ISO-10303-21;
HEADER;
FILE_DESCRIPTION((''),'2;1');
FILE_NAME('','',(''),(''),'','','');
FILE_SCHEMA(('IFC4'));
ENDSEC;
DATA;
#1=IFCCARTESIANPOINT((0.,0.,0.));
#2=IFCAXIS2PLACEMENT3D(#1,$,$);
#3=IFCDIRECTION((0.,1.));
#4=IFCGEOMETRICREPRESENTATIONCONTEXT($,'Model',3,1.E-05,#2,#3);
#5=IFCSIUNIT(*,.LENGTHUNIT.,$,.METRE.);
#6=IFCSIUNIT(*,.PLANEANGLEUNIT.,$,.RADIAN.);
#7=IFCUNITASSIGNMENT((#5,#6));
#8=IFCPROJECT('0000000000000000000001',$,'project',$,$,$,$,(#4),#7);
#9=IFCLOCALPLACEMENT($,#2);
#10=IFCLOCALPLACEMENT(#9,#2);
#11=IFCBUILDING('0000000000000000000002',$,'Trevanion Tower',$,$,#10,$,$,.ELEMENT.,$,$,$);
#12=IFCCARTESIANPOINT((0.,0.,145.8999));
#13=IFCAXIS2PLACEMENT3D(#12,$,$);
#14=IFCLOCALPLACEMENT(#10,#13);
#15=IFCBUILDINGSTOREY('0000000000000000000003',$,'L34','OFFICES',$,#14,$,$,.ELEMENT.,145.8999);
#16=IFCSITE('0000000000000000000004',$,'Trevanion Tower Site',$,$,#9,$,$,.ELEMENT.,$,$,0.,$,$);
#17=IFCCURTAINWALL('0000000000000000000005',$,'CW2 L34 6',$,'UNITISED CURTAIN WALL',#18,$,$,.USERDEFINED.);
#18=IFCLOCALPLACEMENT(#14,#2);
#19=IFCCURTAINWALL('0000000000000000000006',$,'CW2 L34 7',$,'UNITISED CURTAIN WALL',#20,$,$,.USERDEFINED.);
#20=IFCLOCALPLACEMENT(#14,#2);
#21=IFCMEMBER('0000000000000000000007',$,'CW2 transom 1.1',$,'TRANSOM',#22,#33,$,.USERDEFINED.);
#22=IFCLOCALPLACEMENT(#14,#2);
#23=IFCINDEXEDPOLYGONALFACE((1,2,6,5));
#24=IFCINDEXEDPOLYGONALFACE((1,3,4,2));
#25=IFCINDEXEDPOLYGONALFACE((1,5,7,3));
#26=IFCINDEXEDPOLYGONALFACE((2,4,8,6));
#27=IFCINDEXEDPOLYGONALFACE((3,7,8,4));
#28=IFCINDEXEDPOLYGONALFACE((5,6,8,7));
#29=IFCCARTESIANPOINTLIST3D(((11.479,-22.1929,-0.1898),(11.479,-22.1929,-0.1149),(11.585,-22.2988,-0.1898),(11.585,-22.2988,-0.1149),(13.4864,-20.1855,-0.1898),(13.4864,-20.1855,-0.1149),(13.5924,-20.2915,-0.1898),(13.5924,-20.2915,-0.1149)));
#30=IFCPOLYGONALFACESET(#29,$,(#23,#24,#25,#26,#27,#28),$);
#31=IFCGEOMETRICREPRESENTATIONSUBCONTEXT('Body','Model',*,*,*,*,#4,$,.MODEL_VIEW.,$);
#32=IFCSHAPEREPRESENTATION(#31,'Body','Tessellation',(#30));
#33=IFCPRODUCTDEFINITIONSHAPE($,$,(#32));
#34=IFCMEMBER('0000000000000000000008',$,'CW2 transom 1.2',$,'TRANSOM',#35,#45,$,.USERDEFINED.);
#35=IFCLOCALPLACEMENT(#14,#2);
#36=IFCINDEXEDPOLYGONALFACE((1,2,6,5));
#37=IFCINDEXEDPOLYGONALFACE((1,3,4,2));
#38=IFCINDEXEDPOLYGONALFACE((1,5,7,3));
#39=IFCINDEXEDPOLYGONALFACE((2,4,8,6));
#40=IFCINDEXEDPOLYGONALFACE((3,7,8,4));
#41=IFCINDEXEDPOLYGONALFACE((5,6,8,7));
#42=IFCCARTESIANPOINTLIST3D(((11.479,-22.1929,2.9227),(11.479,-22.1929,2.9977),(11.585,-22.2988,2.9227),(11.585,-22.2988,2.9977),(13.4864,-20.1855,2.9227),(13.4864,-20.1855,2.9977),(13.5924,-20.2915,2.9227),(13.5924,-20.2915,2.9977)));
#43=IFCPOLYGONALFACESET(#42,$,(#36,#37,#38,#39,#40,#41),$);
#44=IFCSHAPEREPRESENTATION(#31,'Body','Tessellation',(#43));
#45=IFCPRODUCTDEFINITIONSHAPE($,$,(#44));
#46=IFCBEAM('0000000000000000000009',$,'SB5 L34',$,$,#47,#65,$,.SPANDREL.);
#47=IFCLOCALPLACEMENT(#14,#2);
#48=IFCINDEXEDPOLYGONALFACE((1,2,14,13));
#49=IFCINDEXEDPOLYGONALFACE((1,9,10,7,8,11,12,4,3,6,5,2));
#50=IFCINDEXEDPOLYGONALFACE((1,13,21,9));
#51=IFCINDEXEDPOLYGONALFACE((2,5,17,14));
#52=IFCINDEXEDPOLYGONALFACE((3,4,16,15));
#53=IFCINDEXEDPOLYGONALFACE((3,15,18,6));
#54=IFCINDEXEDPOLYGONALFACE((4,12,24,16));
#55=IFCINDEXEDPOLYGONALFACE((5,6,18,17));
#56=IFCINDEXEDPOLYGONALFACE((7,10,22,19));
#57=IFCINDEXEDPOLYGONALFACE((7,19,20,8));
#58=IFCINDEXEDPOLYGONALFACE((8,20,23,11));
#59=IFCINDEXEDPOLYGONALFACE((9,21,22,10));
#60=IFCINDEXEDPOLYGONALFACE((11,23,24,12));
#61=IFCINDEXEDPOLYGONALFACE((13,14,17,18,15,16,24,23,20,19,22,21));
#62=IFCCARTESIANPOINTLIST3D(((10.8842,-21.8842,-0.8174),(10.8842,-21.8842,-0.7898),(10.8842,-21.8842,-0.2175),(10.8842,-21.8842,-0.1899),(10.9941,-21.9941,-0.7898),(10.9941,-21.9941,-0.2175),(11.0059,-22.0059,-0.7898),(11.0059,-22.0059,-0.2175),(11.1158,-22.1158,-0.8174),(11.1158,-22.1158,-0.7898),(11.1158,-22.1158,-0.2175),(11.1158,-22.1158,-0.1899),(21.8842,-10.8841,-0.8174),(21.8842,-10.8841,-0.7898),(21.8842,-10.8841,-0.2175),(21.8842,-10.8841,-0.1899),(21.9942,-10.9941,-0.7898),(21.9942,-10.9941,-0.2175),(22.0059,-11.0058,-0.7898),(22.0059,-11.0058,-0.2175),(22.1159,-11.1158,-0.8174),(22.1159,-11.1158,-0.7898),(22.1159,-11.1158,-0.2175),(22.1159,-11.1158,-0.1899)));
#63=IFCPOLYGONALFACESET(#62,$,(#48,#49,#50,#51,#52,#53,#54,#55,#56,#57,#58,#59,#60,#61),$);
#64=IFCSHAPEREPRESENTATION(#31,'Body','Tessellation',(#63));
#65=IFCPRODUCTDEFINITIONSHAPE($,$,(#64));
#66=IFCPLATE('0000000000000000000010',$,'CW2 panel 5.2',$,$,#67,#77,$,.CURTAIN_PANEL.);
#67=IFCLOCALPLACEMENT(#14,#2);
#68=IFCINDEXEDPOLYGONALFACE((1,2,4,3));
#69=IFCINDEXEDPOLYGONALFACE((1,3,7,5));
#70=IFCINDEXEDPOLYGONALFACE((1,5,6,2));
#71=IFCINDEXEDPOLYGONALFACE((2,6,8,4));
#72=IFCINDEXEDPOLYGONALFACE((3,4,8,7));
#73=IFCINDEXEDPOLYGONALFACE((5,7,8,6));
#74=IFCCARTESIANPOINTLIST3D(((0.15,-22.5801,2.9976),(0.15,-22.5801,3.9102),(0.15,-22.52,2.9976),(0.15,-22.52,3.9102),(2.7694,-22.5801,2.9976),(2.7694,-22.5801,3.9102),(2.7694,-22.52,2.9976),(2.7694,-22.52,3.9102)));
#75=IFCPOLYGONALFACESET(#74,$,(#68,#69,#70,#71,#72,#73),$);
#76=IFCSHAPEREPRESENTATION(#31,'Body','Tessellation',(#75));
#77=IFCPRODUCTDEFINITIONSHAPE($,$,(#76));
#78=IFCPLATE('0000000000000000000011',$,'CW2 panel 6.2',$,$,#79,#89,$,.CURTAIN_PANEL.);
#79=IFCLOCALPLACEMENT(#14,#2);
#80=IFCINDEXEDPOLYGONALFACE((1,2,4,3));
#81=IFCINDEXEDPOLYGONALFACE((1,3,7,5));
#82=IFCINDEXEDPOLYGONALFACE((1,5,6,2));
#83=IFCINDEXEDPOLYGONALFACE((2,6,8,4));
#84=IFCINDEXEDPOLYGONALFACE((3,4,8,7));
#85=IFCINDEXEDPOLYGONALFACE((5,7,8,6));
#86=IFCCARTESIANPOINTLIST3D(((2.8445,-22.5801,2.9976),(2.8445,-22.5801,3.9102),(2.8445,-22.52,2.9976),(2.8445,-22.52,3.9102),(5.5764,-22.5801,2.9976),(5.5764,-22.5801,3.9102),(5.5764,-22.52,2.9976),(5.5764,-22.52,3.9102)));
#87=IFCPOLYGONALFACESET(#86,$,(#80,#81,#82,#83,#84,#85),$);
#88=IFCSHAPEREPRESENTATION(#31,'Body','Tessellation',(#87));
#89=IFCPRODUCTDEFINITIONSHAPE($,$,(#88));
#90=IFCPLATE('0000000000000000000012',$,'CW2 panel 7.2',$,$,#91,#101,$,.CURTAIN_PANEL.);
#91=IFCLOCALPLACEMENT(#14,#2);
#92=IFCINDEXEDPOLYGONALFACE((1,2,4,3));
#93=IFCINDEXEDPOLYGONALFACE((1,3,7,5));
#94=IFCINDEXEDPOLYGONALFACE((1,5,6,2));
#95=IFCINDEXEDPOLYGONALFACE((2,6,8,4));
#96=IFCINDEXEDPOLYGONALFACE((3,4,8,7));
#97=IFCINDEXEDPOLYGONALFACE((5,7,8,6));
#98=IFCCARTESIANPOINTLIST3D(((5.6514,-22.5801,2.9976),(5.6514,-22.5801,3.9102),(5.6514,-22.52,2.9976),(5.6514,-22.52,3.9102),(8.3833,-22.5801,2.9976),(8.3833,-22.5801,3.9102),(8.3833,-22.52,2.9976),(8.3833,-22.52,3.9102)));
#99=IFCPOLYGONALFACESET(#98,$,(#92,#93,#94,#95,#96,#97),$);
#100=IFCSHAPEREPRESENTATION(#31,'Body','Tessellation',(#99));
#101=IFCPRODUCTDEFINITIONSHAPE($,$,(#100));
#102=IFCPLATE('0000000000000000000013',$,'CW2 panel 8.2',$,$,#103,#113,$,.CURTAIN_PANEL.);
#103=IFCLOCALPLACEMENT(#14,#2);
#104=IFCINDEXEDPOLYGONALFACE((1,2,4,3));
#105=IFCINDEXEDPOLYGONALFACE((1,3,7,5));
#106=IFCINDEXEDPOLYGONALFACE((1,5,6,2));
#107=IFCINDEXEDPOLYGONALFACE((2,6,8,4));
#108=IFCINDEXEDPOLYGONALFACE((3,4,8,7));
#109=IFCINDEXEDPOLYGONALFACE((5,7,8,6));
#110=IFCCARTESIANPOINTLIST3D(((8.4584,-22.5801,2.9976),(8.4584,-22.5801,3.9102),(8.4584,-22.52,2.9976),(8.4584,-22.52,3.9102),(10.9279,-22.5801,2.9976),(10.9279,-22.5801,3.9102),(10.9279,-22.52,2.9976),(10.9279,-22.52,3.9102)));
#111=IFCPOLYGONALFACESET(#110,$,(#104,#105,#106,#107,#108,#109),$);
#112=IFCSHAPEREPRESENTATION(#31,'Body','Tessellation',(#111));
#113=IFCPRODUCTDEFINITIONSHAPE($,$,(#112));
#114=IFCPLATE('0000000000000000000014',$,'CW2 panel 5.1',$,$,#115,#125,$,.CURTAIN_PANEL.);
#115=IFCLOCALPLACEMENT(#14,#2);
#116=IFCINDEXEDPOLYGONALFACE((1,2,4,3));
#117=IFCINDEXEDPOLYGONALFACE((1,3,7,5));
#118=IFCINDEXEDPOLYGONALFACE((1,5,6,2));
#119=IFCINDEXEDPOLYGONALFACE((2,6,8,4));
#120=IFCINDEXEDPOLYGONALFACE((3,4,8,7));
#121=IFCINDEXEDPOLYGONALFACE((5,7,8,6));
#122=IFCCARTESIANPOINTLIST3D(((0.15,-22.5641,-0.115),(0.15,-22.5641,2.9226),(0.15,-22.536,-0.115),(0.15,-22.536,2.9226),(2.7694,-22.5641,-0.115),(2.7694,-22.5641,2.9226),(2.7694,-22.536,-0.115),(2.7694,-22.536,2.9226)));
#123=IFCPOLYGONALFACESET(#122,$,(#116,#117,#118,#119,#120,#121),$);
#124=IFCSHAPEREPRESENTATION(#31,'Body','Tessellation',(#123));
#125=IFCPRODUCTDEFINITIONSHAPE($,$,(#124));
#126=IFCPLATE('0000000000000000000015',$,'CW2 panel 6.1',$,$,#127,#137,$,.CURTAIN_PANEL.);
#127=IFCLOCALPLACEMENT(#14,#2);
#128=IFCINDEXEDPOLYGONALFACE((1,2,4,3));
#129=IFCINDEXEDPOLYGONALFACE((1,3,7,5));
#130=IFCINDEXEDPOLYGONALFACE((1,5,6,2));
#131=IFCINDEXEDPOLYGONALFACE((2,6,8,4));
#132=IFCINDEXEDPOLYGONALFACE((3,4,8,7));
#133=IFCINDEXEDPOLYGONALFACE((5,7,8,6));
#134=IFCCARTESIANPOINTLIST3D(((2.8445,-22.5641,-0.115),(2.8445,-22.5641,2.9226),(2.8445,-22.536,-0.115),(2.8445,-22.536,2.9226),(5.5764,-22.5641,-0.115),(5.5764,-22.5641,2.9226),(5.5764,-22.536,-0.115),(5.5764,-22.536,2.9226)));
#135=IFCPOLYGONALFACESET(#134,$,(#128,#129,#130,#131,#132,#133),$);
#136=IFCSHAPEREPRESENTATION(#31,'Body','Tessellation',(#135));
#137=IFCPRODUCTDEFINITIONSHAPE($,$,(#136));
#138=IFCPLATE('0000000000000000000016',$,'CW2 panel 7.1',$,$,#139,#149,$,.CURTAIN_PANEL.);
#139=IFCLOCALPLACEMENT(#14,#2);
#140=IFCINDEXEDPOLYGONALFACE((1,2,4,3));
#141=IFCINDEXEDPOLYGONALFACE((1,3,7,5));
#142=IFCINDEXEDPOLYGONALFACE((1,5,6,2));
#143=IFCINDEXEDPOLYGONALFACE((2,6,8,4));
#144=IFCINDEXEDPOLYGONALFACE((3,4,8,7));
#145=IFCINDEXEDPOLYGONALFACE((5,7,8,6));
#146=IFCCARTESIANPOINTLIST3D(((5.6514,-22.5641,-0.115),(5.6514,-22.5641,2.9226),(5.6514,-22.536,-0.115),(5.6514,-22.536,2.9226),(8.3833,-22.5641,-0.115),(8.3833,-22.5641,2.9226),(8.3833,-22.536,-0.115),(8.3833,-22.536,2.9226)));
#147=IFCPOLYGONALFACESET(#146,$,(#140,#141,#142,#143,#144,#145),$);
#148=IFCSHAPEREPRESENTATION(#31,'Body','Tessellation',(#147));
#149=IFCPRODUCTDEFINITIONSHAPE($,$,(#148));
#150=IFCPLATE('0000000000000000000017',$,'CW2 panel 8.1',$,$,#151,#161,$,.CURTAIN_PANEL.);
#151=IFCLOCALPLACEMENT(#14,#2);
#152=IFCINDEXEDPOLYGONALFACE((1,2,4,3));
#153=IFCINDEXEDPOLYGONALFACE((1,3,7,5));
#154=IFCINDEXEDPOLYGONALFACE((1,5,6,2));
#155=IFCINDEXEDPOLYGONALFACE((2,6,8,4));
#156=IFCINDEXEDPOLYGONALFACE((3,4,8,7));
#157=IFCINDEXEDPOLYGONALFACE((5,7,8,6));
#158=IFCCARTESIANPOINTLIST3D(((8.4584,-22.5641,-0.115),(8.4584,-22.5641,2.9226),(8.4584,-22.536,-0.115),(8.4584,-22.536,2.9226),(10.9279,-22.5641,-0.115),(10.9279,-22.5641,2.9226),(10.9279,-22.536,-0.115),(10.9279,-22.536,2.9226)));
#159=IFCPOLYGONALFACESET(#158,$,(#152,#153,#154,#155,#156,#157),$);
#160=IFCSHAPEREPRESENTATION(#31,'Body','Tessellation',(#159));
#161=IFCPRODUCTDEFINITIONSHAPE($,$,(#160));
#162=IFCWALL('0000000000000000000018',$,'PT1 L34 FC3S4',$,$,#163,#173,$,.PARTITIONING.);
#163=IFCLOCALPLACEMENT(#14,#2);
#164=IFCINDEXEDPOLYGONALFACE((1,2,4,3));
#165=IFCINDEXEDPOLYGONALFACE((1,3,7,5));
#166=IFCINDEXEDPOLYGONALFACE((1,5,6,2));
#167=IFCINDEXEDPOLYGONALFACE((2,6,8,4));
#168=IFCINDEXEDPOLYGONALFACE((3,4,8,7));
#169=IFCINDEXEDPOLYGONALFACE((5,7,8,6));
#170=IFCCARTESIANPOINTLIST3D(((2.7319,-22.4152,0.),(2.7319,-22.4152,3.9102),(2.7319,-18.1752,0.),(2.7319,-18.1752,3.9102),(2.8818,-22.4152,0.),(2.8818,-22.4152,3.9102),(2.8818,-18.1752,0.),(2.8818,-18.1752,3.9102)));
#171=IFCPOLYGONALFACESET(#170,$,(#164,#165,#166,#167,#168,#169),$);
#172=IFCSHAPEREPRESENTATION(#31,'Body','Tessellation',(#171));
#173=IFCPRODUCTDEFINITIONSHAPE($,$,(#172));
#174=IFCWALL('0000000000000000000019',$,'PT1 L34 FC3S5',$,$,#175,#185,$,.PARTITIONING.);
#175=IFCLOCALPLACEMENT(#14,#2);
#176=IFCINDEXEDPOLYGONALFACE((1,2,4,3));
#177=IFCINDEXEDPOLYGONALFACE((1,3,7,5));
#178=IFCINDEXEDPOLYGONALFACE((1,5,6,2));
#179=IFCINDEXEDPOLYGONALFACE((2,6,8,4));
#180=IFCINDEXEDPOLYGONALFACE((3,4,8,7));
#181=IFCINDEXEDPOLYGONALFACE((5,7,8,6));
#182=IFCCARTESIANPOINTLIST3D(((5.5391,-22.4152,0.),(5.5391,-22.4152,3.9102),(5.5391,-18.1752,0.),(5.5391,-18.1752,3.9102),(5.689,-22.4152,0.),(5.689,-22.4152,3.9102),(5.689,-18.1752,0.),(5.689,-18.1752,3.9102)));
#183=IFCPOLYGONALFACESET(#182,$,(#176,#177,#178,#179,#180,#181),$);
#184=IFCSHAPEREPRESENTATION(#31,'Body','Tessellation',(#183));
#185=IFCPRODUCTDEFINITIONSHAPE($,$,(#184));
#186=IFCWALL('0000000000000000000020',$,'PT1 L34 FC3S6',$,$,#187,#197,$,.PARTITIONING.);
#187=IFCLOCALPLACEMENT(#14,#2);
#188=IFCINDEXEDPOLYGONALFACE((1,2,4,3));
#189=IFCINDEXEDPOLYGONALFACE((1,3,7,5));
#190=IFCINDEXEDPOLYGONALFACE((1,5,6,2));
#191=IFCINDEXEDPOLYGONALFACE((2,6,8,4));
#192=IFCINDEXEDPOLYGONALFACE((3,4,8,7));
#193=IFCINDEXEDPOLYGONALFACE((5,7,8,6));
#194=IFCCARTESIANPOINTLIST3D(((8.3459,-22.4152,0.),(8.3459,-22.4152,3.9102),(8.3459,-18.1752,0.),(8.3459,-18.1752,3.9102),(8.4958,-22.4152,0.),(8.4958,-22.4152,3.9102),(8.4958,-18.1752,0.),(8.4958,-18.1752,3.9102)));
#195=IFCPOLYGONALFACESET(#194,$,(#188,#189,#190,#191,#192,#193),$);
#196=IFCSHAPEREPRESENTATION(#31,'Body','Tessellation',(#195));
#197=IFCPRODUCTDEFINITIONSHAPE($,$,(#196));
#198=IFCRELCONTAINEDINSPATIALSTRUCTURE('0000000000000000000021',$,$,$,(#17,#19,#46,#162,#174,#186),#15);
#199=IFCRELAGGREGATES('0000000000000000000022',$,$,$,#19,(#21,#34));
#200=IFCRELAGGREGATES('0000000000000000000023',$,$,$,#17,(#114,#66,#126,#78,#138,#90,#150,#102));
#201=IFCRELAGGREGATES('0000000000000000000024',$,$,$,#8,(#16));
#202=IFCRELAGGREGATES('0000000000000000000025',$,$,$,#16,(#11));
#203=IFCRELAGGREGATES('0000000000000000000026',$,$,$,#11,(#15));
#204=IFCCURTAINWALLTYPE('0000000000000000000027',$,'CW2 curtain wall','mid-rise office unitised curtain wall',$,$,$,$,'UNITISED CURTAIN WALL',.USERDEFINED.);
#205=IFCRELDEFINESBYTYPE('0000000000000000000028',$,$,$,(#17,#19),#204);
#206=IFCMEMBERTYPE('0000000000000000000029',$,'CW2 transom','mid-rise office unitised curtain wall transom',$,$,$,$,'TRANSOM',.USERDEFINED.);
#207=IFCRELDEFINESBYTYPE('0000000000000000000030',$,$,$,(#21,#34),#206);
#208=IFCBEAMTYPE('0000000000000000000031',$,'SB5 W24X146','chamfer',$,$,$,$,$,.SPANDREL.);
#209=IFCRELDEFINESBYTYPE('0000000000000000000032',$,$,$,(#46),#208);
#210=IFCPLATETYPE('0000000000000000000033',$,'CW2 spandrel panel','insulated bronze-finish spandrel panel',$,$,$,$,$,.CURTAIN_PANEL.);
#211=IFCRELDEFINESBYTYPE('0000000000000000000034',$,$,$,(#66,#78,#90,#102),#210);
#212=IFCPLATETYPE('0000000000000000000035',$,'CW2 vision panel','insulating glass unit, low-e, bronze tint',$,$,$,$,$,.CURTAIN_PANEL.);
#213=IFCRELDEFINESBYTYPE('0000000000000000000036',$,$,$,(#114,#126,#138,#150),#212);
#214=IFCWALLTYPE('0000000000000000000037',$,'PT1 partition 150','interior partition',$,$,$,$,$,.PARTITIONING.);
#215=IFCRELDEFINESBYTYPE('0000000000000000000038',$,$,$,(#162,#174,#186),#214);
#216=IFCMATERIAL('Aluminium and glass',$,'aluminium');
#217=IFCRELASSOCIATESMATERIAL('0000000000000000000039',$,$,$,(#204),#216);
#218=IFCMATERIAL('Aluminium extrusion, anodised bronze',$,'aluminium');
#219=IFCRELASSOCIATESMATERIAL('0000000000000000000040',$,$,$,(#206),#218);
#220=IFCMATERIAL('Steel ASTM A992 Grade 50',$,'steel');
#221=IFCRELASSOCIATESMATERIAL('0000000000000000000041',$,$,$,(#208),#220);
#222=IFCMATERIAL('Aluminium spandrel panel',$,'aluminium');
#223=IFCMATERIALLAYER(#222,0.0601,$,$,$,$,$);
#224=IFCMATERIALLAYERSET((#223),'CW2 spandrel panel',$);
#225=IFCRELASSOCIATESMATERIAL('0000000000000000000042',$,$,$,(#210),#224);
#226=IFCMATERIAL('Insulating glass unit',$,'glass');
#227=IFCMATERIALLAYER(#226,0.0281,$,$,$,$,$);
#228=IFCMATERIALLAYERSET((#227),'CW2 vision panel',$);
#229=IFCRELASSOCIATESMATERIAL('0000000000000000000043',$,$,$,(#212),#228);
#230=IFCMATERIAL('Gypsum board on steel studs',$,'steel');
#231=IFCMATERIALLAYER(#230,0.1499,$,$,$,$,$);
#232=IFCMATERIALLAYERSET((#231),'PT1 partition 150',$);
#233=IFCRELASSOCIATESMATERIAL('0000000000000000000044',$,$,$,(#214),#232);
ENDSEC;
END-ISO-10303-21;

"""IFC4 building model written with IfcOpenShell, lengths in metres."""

from ifc_helpers import new_model, si_unit, direction, frame, frame_2d, origin, origin_2d, place, context, subcontext, project, spatial, rectangle, i_section, extrude, material, layer, layer_set, material_profile, profile_set, type_object, element, aggregate, save


model = new_model("IFC4")

# Units and contexts
model_context = context("Model", 3, precision=1e-05, world=origin(), true_north=direction((0.0, 1.0)))
body_context = subcontext(model_context, "Body", "Model", "MODEL_VIEW")
ifc_project = project(units=[si_unit("LENGTHUNIT", "METRE"), si_unit("PLANEANGLEUNIT", "RADIAN")], contexts=[model_context])

# Site, building, storey
site_placement = place(None, origin())
site = spatial("IfcSite", under=ifc_project, at=site_placement, Name="Trevanion Tower Site", CompositionType="ELEMENT", RefElevation=0.0)
building_placement = place(site_placement, origin())
building = spatial("IfcBuilding", under=site, at=building_placement, Name="Trevanion Tower", CompositionType="ELEMENT")
storey_placement = place(building_placement, frame((0.0, 0.0, 145.8999)))
storey = spatial("IfcBuildingStorey", under=building, at=storey_placement, Name="L34", Description="OFFICES", CompositionType="ELEMENT", Elevation=145.8999)

# Curtain wall
ifc_material_1 = material(Name="Aluminium and glass", Category="aluminium")
curtain_wall_type = type_object("IfcCurtainWallType", Name="CW2 curtain wall", Description="mid-rise office unitised curtain wall", ElementType="UNITISED CURTAIN WALL", PredefinedType="USERDEFINED", material=ifc_material_1)
curtain_wall_1_placement = place(storey_placement, origin())
curtain_wall_1 = element("IfcCurtainWall", 1, at=curtain_wall_1_placement, inside=storey, type_object=curtain_wall_type, Name="CW2 L34 6", ObjectType="UNITISED CURTAIN WALL", PredefinedType="USERDEFINED")

# Curtain wall
curtain_wall_2_placement = place(storey_placement, origin())
curtain_wall_2 = element("IfcCurtainWall", 2, at=curtain_wall_2_placement, inside=storey, type_object=curtain_wall_type, Name="CW2 L34 7", ObjectType="UNITISED CURTAIN WALL", PredefinedType="USERDEFINED")

# Members
ifc_material_2 = material(Name="Aluminium extrusion, anodised bronze", Category="aluminium")
ifc_material_profile_1 = material_profile(ifc_material_2, rectangle(XDim=0.1499, YDim=0.075, at=origin_2d()), Name="CW2 transom")
ifc_profile_set_1 = profile_set([ifc_material_profile_1], Name="Aluminium extrusion, anodised bronze")
member_type_1 = type_object("IfcMemberType", Name="CW2 transom", Description="mid-rise office unitised curtain wall transom", ElementType="TRANSOM", PredefinedType="USERDEFINED", material=ifc_profile_set_1)
member_1_placement = place(storey_placement, frame((11.532, -22.2458, -0.1523), z_axis=(0.707107, 0.707107, 0.0), x_axis=(-0.707107, 0.707107, 0.0)))
member_1 = element("IfcMember", 3, at=member_1_placement, type_object=member_type_1, Name="CW2 transom 1.1", ObjectType="TRANSOM", PredefinedType="USERDEFINED", context=body_context, shape_type="SweptSolid", body=[
    extrude(rectangle(XDim=0.1499, YDim=0.075, at=origin_2d()), origin(), (0.0, 0.0, 1.0), 2.8389),
])
member_2_placement = place(storey_placement, frame((11.532, -22.2458, 2.9602), z_axis=(0.707107, 0.707107, 0.0), x_axis=(-0.707107, 0.707107, 0.0)))
member_2 = element("IfcMember", 4, at=member_2_placement, type_object=member_type_1, Name="CW2 transom 1.2", ObjectType="TRANSOM", PredefinedType="USERDEFINED", context=body_context, shape_type="SweptSolid", body=[
    extrude(rectangle(XDim=0.1499, YDim=0.075, at=origin_2d()), origin(), (0.0, 0.0, 1.0), 2.8389),
])
aggregate(curtain_wall_2, [member_1, member_2])

# Beam
ifc_material_3 = material(Name="Steel ASTM A992 Grade 50", Category="steel")
ifc_material_profile_2 = material_profile(ifc_material_3, i_section(OverallWidth=0.3276, OverallDepth=0.6274, WebThickness=0.0166, FlangeThickness=0.0276, at=origin_2d()), Name="W24X146")
ifc_profile_set_2 = profile_set([ifc_material_profile_2], Name="Steel ASTM A992 Grade 50")
beam_type = type_object("IfcBeamType", Name="SB5 W24X146", Description="chamfer", PredefinedType="SPANDREL", material=ifc_profile_set_2)
beam_placement = place(storey_placement, frame((11.0, -22.0, -0.5037), z_axis=(0.707107, 0.707107, 0.0), x_axis=(-0.707107, 0.707107, 0.0)))
element("IfcBeam", 5, at=beam_placement, inside=storey, type_object=beam_type, Name="SB5 L34", PredefinedType="SPANDREL", context=body_context, shape_type="SweptSolid", body=[
    extrude(i_section(OverallWidth=0.3276, OverallDepth=0.6274, WebThickness=0.0166, FlangeThickness=0.0276, at=origin_2d()), origin(), (0.0, 0.0, 1.0), 15.5564),
])

# Plates
ifc_material_4 = material(Name="Aluminium spandrel panel", Category="aluminium")
ifc_layer_1 = layer(ifc_material_4, 0.0601)
ifc_layer_set_1 = layer_set([ifc_layer_1], Name="CW2 spandrel panel")
plate_type_1 = type_object("IfcPlateType", Name="CW2 spandrel panel", Description="insulated bronze-finish spandrel panel", PredefinedType="CURTAIN_PANEL", material=ifc_layer_set_1)
plate_1_placement = place(storey_placement, frame((1.4597, -22.55, 2.9976), z_axis=(0.0, 0.0, 1.0), x_axis=(1.0, 0.0, 0.0)))
plate_1 = element("IfcPlate", 6, at=plate_1_placement, type_object=plate_type_1, Name="CW2 panel 5.2", PredefinedType="CURTAIN_PANEL", context=body_context, shape_type="SweptSolid", body=[
    extrude(rectangle(XDim=2.6194, YDim=0.0601, at=origin_2d()), origin(), (0.0, 0.0, 1.0), 0.9126),
])
plate_2_placement = place(storey_placement, frame((4.2104, -22.55, 2.9976), z_axis=(0.0, 0.0, 1.0), x_axis=(1.0, 0.0, 0.0)))
plate_2 = element("IfcPlate", 7, at=plate_2_placement, type_object=plate_type_1, Name="CW2 panel 6.2", PredefinedType="CURTAIN_PANEL", context=body_context, shape_type="SweptSolid", body=[
    extrude(rectangle(XDim=2.7319, YDim=0.0601, at=origin_2d()), origin(), (0.0, 0.0, 1.0), 0.9126),
])
plate_3_placement = place(storey_placement, frame((7.0173, -22.55, 2.9976), z_axis=(0.0, 0.0, 1.0), x_axis=(1.0, 0.0, 0.0)))
plate_3 = element("IfcPlate", 8, at=plate_3_placement, type_object=plate_type_1, Name="CW2 panel 7.2", PredefinedType="CURTAIN_PANEL", context=body_context, shape_type="SweptSolid", body=[
    extrude(rectangle(XDim=2.7319, YDim=0.0601, at=origin_2d()), origin(), (0.0, 0.0, 1.0), 0.9126),
])
plate_4_placement = place(storey_placement, frame((9.6931, -22.55, 2.9976), z_axis=(0.0, 0.0, 1.0), x_axis=(1.0, 0.0, 0.0)))
plate_4 = element("IfcPlate", 9, at=plate_4_placement, type_object=plate_type_1, Name="CW2 panel 8.2", PredefinedType="CURTAIN_PANEL", context=body_context, shape_type="SweptSolid", body=[
    extrude(rectangle(XDim=2.4695, YDim=0.0601, at=origin_2d()), origin(), (0.0, 0.0, 1.0), 0.9126),
])
ifc_material_5 = material(Name="Insulating glass unit", Category="glass")
ifc_layer_2 = layer(ifc_material_5, 0.0281)
ifc_layer_set_2 = layer_set([ifc_layer_2], Name="CW2 vision panel")
plate_type_2 = type_object("IfcPlateType", Name="CW2 vision panel", Description="insulating glass unit, low-e, bronze tint", PredefinedType="CURTAIN_PANEL", material=ifc_layer_set_2)
plate_5_placement = place(storey_placement, frame((1.4597, -22.55, -0.115), z_axis=(0.0, 0.0, 1.0), x_axis=(1.0, 0.0, 0.0)))
plate_5 = element("IfcPlate", 10, at=plate_5_placement, type_object=plate_type_2, Name="CW2 panel 5.1", PredefinedType="CURTAIN_PANEL", context=body_context, shape_type="SweptSolid", body=[
    extrude(rectangle(XDim=2.6194, YDim=0.0281, at=origin_2d()), origin(), (0.0, 0.0, 1.0), 3.0376),
])
plate_6_placement = place(storey_placement, frame((4.2104, -22.55, -0.115), z_axis=(0.0, 0.0, 1.0), x_axis=(1.0, 0.0, 0.0)))
plate_6 = element("IfcPlate", 11, at=plate_6_placement, type_object=plate_type_2, Name="CW2 panel 6.1", PredefinedType="CURTAIN_PANEL", context=body_context, shape_type="SweptSolid", body=[
    extrude(rectangle(XDim=2.7319, YDim=0.0281, at=origin_2d()), origin(), (0.0, 0.0, 1.0), 3.0376),
])
plate_7_placement = place(storey_placement, frame((7.0173, -22.55, -0.115), z_axis=(0.0, 0.0, 1.0), x_axis=(1.0, 0.0, 0.0)))
plate_7 = element("IfcPlate", 12, at=plate_7_placement, type_object=plate_type_2, Name="CW2 panel 7.1", PredefinedType="CURTAIN_PANEL", context=body_context, shape_type="SweptSolid", body=[
    extrude(rectangle(XDim=2.7319, YDim=0.0281, at=origin_2d()), origin(), (0.0, 0.0, 1.0), 3.0376),
])
plate_8_placement = place(storey_placement, frame((9.6931, -22.55, -0.115), z_axis=(0.0, 0.0, 1.0), x_axis=(1.0, 0.0, 0.0)))
plate_8 = element("IfcPlate", 13, at=plate_8_placement, type_object=plate_type_2, Name="CW2 panel 8.1", PredefinedType="CURTAIN_PANEL", context=body_context, shape_type="SweptSolid", body=[
    extrude(rectangle(XDim=2.4695, YDim=0.0281, at=origin_2d()), origin(), (0.0, 0.0, 1.0), 3.0376),
])
aggregate(curtain_wall_1, [plate_5, plate_1, plate_6, plate_2, plate_7, plate_3, plate_8, plate_4])

# Walls
ifc_material_6 = material(Name="Gypsum board on steel studs", Category="steel")
ifc_layer_3 = layer(ifc_material_6, 0.1499)
ifc_layer_set_3 = layer_set([ifc_layer_3], Name="PT1 partition 150")
wall_type_1 = type_object("IfcWallType", Name="PT1 partition 150", Description="interior partition", PredefinedType="PARTITIONING", material=ifc_layer_set_3)
for number, where, z_axis, x_axis, name in (
    (14, (2.8069, -18.175, 0.0), (0.0, 0.0, 1.0), (0.0, -1.0, 0.0), "PT1 L34 FC3S4"),
    (15, (5.614, -18.175, 0.0), (0.0, 0.0, 1.0), (0.0, -1.0, 0.0), "PT1 L34 FC3S5"),
    (16, (8.4209, -18.175, 0.0), (0.0, 0.0, 1.0), (0.0, -1.0, 0.0), "PT1 L34 FC3S6"),
):
    element("IfcWall", number, at=place(storey_placement, frame(where, z_axis=z_axis, x_axis=x_axis)), inside=storey, type_object=wall_type_1, Name=name, PredefinedType="PARTITIONING", context=body_context, shape_type="SweptSolid", body=[
        extrude(rectangle(XDim=4.24, YDim=0.1499, at=frame_2d((2.1201, 0.0))), origin(), (0.0, 0.0, 1.0), 3.9102),
    ])

save(model, "model.ifc")
